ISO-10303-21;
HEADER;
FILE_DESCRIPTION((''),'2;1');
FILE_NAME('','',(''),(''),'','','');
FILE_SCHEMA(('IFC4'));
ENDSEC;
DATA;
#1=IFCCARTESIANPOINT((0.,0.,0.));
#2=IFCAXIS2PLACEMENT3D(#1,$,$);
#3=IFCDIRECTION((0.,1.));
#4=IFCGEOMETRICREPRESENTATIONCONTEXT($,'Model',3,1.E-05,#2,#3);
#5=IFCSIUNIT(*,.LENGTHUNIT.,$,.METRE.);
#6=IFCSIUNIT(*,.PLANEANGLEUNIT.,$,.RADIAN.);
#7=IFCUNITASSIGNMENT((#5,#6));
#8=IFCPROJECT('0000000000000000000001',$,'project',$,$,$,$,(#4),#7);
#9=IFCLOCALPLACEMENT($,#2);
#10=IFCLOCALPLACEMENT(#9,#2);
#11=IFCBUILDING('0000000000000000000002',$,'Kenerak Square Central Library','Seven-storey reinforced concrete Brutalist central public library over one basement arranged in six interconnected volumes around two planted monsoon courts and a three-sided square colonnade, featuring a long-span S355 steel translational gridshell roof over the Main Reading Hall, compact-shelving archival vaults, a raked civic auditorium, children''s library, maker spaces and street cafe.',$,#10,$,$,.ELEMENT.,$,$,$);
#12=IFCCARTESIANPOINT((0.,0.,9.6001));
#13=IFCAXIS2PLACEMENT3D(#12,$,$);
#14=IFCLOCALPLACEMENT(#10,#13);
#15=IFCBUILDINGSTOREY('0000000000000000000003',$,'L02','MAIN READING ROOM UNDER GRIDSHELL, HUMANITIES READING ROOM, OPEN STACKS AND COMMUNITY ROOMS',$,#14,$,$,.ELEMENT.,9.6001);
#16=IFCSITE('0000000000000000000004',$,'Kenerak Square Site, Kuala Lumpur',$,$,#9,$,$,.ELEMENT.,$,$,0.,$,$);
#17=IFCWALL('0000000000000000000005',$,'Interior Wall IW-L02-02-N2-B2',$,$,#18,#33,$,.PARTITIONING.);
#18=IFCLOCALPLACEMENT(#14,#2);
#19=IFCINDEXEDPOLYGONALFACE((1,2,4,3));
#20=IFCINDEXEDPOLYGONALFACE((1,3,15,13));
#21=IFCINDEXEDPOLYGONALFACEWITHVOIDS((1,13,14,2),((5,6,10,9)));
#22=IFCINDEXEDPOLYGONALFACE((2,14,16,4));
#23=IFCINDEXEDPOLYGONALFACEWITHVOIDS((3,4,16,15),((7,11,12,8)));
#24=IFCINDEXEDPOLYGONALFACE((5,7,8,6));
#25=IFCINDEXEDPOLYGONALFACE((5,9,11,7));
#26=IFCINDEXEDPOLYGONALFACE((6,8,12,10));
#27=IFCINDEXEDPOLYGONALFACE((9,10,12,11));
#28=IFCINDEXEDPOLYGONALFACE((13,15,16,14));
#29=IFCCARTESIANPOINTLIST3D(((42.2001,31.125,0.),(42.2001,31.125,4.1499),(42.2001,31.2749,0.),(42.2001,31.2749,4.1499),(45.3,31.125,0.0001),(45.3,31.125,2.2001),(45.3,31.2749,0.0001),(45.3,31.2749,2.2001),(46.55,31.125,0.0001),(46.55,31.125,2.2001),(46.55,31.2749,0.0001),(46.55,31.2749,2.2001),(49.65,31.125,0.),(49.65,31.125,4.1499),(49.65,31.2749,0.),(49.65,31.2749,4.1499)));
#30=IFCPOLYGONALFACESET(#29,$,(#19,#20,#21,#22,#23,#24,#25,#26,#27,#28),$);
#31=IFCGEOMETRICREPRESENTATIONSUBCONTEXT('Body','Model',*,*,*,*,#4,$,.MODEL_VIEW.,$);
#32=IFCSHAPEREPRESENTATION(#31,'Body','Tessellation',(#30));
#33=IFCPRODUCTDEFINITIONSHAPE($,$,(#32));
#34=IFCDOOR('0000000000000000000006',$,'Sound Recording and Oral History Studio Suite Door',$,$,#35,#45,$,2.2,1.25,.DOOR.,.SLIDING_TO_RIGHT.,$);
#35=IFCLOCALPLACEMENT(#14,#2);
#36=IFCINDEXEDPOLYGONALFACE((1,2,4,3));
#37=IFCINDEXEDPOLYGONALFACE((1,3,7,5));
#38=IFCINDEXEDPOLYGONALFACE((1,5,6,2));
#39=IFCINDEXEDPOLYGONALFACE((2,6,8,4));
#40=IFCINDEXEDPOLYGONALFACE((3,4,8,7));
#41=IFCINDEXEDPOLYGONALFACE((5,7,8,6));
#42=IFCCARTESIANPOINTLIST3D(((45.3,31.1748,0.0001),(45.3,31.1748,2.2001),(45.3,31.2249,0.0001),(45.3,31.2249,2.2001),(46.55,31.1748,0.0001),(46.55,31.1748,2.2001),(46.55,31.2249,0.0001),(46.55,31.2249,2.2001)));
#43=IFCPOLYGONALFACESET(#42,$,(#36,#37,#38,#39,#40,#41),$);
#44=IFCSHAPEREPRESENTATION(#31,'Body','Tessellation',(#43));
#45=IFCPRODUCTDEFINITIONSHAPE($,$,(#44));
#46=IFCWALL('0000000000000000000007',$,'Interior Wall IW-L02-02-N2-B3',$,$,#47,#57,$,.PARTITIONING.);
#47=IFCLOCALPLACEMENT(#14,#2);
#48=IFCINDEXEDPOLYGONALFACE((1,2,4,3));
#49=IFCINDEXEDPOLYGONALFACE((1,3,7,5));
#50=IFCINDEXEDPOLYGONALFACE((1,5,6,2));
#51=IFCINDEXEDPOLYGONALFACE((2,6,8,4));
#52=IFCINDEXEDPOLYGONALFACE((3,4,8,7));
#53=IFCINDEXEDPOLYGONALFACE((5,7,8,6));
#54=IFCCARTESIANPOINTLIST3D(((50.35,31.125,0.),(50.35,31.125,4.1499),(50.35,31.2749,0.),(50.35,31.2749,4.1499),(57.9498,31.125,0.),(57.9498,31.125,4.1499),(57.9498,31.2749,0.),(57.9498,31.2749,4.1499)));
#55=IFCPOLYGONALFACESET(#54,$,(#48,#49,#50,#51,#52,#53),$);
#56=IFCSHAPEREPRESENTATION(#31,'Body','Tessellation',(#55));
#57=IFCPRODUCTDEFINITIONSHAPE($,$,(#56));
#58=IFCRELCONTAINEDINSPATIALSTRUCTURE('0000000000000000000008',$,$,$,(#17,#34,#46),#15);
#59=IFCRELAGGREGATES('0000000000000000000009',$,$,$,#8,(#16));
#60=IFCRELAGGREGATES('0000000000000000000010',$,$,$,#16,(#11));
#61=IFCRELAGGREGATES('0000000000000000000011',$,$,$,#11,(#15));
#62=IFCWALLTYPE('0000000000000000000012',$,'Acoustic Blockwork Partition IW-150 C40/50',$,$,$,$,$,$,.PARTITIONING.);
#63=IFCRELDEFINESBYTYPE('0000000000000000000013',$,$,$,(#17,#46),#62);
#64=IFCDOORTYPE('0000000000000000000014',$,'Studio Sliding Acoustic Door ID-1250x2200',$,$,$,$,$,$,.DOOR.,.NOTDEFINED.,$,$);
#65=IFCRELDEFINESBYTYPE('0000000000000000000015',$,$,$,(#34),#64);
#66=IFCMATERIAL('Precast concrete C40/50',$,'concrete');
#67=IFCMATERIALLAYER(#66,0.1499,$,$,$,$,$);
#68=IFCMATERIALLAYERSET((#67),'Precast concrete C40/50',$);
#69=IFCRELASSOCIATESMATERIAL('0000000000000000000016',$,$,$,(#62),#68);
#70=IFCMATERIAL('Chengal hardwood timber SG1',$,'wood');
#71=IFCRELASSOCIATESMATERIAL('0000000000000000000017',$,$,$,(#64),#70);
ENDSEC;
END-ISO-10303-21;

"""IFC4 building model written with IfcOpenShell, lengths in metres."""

from ifc_helpers import new_model, si_unit, direction, frame, frame_2d, origin, place, context, subcontext, project, spatial, rectangle, extrude, material, layer, layer_set, type_object, element, fill, save


model = new_model("IFC4")

# Units and contexts
model_context = context("Model", 3, precision=1e-05, world=origin(), true_north=direction((0.0, 1.0)))
body_context = subcontext(model_context, "Body", "Model", "MODEL_VIEW")
ifc_project = project(units=[si_unit("LENGTHUNIT", "METRE"), si_unit("PLANEANGLEUNIT", "RADIAN")], contexts=[model_context])

# Site, building, storey
site_placement = place(None, origin())
site = spatial("IfcSite", under=ifc_project, at=site_placement, Name="Kenerak Square Site, Kuala Lumpur", CompositionType="ELEMENT", RefElevation=0.0)
building_placement = place(site_placement, origin())
building = spatial("IfcBuilding", under=site, at=building_placement, Name="Kenerak Square Central Library", Description="Seven-storey reinforced concrete Brutalist central public library over one basement arranged in six interconnected volumes around two planted monsoon courts and a three-sided square colonnade, featuring a long-span S355 steel translational gridshell roof over the Main Reading Hall, compact-shelving archival vaults, a raked civic auditorium, children's library, maker spaces and street cafe.", CompositionType="ELEMENT")
storey_placement = place(building_placement, frame((0.0, 0.0, 9.6001)))
storey = spatial("IfcBuildingStorey", under=building, at=storey_placement, Name="L02", Description="MAIN READING ROOM UNDER GRIDSHELL, HUMANITIES READING ROOM, OPEN STACKS AND COMMUNITY ROOMS", CompositionType="ELEMENT", Elevation=9.6001)

# Wall, opening, door
ifc_material_1 = material(Name="Precast concrete C40/50", Category="concrete")
ifc_layer_1 = layer(ifc_material_1, 0.1499)
ifc_layer_set_1 = layer_set([ifc_layer_1], Name="Precast concrete C40/50")
wall_type = type_object("IfcWallType", Name="Acoustic Blockwork Partition IW-150 C40/50", PredefinedType="PARTITIONING", material=ifc_layer_set_1)
wall_1_placement = place(storey_placement, frame((42.2, 31.2, 0.0), z_axis=(0.0, 0.0, 1.0), x_axis=(1.0, 0.0, 0.0)))
wall_1 = element("IfcWall", 1, at=wall_1_placement, inside=storey, type_object=wall_type, Name="Interior Wall IW-L02-02-N2-B2", PredefinedType="PARTITIONING", context=body_context, shape_type="SweptSolid", body=[
    extrude(rectangle(XDim=7.45, YDim=0.1499, at=frame_2d((3.7251, 0.0))), origin(), (0.0, 0.0, 1.0), 4.1499),
])
opening_placement = place(wall_1_placement, frame((3.1001, 0.0, 0.0)))
opening = element("IfcOpeningElement", 2, at=opening_placement, cuts=wall_1, PredefinedType="OPENING", context=body_context, shape_type="SweptSolid", body=[
    extrude(rectangle(XDim=1.25, YDim=2.2, at=frame_2d((0.625, 1.1001))), frame((0.0, 0.085, 0.0), z_axis=(0.0, -1.0, 0.0), x_axis=(1.0, 0.0, 0.0)), (0.0, 0.0, 1.0), 0.1699),
])
ifc_material_2 = material(Name="Chengal hardwood timber SG1", Category="wood")
door_type = type_object("IfcDoorType", Name="Studio Sliding Acoustic Door ID-1250x2200", OperationType="NOTDEFINED", PredefinedType="DOOR", material=ifc_material_2)
door_placement = place(opening_placement, origin())
door = element("IfcDoor", 3, at=door_placement, inside=storey, type_object=door_type, Name="Sound Recording and Oral History Studio Suite Door", OperationType="SLIDING_TO_RIGHT", OverallHeight=2.2, OverallWidth=1.25, PredefinedType="DOOR", context=body_context, shape_type="SweptSolid", body=[
    extrude(rectangle(XDim=1.25, YDim=2.2, at=frame_2d((0.625, 1.1001))), frame((0.0, 0.0249, 0.0), z_axis=(0.0, -1.0, 0.0), x_axis=(1.0, 0.0, 0.0)), (0.0, 0.0, 1.0), 0.05),
])
fill(opening, door)

# Wall
wall_2_placement = place(storey_placement, frame((50.3501, 31.2, 0.0), z_axis=(0.0, 0.0, 1.0), x_axis=(1.0, 0.0, 0.0)))
element("IfcWall", 4, at=wall_2_placement, inside=storey, type_object=wall_type, Name="Interior Wall IW-L02-02-N2-B3", PredefinedType="PARTITIONING", context=body_context, shape_type="SweptSolid", body=[
    extrude(rectangle(XDim=7.5999, YDim=0.1499, at=frame_2d((3.7998, 0.0))), origin(), (0.0, 0.0, 1.0), 4.1499),
])

save(model, "model.ifc")
